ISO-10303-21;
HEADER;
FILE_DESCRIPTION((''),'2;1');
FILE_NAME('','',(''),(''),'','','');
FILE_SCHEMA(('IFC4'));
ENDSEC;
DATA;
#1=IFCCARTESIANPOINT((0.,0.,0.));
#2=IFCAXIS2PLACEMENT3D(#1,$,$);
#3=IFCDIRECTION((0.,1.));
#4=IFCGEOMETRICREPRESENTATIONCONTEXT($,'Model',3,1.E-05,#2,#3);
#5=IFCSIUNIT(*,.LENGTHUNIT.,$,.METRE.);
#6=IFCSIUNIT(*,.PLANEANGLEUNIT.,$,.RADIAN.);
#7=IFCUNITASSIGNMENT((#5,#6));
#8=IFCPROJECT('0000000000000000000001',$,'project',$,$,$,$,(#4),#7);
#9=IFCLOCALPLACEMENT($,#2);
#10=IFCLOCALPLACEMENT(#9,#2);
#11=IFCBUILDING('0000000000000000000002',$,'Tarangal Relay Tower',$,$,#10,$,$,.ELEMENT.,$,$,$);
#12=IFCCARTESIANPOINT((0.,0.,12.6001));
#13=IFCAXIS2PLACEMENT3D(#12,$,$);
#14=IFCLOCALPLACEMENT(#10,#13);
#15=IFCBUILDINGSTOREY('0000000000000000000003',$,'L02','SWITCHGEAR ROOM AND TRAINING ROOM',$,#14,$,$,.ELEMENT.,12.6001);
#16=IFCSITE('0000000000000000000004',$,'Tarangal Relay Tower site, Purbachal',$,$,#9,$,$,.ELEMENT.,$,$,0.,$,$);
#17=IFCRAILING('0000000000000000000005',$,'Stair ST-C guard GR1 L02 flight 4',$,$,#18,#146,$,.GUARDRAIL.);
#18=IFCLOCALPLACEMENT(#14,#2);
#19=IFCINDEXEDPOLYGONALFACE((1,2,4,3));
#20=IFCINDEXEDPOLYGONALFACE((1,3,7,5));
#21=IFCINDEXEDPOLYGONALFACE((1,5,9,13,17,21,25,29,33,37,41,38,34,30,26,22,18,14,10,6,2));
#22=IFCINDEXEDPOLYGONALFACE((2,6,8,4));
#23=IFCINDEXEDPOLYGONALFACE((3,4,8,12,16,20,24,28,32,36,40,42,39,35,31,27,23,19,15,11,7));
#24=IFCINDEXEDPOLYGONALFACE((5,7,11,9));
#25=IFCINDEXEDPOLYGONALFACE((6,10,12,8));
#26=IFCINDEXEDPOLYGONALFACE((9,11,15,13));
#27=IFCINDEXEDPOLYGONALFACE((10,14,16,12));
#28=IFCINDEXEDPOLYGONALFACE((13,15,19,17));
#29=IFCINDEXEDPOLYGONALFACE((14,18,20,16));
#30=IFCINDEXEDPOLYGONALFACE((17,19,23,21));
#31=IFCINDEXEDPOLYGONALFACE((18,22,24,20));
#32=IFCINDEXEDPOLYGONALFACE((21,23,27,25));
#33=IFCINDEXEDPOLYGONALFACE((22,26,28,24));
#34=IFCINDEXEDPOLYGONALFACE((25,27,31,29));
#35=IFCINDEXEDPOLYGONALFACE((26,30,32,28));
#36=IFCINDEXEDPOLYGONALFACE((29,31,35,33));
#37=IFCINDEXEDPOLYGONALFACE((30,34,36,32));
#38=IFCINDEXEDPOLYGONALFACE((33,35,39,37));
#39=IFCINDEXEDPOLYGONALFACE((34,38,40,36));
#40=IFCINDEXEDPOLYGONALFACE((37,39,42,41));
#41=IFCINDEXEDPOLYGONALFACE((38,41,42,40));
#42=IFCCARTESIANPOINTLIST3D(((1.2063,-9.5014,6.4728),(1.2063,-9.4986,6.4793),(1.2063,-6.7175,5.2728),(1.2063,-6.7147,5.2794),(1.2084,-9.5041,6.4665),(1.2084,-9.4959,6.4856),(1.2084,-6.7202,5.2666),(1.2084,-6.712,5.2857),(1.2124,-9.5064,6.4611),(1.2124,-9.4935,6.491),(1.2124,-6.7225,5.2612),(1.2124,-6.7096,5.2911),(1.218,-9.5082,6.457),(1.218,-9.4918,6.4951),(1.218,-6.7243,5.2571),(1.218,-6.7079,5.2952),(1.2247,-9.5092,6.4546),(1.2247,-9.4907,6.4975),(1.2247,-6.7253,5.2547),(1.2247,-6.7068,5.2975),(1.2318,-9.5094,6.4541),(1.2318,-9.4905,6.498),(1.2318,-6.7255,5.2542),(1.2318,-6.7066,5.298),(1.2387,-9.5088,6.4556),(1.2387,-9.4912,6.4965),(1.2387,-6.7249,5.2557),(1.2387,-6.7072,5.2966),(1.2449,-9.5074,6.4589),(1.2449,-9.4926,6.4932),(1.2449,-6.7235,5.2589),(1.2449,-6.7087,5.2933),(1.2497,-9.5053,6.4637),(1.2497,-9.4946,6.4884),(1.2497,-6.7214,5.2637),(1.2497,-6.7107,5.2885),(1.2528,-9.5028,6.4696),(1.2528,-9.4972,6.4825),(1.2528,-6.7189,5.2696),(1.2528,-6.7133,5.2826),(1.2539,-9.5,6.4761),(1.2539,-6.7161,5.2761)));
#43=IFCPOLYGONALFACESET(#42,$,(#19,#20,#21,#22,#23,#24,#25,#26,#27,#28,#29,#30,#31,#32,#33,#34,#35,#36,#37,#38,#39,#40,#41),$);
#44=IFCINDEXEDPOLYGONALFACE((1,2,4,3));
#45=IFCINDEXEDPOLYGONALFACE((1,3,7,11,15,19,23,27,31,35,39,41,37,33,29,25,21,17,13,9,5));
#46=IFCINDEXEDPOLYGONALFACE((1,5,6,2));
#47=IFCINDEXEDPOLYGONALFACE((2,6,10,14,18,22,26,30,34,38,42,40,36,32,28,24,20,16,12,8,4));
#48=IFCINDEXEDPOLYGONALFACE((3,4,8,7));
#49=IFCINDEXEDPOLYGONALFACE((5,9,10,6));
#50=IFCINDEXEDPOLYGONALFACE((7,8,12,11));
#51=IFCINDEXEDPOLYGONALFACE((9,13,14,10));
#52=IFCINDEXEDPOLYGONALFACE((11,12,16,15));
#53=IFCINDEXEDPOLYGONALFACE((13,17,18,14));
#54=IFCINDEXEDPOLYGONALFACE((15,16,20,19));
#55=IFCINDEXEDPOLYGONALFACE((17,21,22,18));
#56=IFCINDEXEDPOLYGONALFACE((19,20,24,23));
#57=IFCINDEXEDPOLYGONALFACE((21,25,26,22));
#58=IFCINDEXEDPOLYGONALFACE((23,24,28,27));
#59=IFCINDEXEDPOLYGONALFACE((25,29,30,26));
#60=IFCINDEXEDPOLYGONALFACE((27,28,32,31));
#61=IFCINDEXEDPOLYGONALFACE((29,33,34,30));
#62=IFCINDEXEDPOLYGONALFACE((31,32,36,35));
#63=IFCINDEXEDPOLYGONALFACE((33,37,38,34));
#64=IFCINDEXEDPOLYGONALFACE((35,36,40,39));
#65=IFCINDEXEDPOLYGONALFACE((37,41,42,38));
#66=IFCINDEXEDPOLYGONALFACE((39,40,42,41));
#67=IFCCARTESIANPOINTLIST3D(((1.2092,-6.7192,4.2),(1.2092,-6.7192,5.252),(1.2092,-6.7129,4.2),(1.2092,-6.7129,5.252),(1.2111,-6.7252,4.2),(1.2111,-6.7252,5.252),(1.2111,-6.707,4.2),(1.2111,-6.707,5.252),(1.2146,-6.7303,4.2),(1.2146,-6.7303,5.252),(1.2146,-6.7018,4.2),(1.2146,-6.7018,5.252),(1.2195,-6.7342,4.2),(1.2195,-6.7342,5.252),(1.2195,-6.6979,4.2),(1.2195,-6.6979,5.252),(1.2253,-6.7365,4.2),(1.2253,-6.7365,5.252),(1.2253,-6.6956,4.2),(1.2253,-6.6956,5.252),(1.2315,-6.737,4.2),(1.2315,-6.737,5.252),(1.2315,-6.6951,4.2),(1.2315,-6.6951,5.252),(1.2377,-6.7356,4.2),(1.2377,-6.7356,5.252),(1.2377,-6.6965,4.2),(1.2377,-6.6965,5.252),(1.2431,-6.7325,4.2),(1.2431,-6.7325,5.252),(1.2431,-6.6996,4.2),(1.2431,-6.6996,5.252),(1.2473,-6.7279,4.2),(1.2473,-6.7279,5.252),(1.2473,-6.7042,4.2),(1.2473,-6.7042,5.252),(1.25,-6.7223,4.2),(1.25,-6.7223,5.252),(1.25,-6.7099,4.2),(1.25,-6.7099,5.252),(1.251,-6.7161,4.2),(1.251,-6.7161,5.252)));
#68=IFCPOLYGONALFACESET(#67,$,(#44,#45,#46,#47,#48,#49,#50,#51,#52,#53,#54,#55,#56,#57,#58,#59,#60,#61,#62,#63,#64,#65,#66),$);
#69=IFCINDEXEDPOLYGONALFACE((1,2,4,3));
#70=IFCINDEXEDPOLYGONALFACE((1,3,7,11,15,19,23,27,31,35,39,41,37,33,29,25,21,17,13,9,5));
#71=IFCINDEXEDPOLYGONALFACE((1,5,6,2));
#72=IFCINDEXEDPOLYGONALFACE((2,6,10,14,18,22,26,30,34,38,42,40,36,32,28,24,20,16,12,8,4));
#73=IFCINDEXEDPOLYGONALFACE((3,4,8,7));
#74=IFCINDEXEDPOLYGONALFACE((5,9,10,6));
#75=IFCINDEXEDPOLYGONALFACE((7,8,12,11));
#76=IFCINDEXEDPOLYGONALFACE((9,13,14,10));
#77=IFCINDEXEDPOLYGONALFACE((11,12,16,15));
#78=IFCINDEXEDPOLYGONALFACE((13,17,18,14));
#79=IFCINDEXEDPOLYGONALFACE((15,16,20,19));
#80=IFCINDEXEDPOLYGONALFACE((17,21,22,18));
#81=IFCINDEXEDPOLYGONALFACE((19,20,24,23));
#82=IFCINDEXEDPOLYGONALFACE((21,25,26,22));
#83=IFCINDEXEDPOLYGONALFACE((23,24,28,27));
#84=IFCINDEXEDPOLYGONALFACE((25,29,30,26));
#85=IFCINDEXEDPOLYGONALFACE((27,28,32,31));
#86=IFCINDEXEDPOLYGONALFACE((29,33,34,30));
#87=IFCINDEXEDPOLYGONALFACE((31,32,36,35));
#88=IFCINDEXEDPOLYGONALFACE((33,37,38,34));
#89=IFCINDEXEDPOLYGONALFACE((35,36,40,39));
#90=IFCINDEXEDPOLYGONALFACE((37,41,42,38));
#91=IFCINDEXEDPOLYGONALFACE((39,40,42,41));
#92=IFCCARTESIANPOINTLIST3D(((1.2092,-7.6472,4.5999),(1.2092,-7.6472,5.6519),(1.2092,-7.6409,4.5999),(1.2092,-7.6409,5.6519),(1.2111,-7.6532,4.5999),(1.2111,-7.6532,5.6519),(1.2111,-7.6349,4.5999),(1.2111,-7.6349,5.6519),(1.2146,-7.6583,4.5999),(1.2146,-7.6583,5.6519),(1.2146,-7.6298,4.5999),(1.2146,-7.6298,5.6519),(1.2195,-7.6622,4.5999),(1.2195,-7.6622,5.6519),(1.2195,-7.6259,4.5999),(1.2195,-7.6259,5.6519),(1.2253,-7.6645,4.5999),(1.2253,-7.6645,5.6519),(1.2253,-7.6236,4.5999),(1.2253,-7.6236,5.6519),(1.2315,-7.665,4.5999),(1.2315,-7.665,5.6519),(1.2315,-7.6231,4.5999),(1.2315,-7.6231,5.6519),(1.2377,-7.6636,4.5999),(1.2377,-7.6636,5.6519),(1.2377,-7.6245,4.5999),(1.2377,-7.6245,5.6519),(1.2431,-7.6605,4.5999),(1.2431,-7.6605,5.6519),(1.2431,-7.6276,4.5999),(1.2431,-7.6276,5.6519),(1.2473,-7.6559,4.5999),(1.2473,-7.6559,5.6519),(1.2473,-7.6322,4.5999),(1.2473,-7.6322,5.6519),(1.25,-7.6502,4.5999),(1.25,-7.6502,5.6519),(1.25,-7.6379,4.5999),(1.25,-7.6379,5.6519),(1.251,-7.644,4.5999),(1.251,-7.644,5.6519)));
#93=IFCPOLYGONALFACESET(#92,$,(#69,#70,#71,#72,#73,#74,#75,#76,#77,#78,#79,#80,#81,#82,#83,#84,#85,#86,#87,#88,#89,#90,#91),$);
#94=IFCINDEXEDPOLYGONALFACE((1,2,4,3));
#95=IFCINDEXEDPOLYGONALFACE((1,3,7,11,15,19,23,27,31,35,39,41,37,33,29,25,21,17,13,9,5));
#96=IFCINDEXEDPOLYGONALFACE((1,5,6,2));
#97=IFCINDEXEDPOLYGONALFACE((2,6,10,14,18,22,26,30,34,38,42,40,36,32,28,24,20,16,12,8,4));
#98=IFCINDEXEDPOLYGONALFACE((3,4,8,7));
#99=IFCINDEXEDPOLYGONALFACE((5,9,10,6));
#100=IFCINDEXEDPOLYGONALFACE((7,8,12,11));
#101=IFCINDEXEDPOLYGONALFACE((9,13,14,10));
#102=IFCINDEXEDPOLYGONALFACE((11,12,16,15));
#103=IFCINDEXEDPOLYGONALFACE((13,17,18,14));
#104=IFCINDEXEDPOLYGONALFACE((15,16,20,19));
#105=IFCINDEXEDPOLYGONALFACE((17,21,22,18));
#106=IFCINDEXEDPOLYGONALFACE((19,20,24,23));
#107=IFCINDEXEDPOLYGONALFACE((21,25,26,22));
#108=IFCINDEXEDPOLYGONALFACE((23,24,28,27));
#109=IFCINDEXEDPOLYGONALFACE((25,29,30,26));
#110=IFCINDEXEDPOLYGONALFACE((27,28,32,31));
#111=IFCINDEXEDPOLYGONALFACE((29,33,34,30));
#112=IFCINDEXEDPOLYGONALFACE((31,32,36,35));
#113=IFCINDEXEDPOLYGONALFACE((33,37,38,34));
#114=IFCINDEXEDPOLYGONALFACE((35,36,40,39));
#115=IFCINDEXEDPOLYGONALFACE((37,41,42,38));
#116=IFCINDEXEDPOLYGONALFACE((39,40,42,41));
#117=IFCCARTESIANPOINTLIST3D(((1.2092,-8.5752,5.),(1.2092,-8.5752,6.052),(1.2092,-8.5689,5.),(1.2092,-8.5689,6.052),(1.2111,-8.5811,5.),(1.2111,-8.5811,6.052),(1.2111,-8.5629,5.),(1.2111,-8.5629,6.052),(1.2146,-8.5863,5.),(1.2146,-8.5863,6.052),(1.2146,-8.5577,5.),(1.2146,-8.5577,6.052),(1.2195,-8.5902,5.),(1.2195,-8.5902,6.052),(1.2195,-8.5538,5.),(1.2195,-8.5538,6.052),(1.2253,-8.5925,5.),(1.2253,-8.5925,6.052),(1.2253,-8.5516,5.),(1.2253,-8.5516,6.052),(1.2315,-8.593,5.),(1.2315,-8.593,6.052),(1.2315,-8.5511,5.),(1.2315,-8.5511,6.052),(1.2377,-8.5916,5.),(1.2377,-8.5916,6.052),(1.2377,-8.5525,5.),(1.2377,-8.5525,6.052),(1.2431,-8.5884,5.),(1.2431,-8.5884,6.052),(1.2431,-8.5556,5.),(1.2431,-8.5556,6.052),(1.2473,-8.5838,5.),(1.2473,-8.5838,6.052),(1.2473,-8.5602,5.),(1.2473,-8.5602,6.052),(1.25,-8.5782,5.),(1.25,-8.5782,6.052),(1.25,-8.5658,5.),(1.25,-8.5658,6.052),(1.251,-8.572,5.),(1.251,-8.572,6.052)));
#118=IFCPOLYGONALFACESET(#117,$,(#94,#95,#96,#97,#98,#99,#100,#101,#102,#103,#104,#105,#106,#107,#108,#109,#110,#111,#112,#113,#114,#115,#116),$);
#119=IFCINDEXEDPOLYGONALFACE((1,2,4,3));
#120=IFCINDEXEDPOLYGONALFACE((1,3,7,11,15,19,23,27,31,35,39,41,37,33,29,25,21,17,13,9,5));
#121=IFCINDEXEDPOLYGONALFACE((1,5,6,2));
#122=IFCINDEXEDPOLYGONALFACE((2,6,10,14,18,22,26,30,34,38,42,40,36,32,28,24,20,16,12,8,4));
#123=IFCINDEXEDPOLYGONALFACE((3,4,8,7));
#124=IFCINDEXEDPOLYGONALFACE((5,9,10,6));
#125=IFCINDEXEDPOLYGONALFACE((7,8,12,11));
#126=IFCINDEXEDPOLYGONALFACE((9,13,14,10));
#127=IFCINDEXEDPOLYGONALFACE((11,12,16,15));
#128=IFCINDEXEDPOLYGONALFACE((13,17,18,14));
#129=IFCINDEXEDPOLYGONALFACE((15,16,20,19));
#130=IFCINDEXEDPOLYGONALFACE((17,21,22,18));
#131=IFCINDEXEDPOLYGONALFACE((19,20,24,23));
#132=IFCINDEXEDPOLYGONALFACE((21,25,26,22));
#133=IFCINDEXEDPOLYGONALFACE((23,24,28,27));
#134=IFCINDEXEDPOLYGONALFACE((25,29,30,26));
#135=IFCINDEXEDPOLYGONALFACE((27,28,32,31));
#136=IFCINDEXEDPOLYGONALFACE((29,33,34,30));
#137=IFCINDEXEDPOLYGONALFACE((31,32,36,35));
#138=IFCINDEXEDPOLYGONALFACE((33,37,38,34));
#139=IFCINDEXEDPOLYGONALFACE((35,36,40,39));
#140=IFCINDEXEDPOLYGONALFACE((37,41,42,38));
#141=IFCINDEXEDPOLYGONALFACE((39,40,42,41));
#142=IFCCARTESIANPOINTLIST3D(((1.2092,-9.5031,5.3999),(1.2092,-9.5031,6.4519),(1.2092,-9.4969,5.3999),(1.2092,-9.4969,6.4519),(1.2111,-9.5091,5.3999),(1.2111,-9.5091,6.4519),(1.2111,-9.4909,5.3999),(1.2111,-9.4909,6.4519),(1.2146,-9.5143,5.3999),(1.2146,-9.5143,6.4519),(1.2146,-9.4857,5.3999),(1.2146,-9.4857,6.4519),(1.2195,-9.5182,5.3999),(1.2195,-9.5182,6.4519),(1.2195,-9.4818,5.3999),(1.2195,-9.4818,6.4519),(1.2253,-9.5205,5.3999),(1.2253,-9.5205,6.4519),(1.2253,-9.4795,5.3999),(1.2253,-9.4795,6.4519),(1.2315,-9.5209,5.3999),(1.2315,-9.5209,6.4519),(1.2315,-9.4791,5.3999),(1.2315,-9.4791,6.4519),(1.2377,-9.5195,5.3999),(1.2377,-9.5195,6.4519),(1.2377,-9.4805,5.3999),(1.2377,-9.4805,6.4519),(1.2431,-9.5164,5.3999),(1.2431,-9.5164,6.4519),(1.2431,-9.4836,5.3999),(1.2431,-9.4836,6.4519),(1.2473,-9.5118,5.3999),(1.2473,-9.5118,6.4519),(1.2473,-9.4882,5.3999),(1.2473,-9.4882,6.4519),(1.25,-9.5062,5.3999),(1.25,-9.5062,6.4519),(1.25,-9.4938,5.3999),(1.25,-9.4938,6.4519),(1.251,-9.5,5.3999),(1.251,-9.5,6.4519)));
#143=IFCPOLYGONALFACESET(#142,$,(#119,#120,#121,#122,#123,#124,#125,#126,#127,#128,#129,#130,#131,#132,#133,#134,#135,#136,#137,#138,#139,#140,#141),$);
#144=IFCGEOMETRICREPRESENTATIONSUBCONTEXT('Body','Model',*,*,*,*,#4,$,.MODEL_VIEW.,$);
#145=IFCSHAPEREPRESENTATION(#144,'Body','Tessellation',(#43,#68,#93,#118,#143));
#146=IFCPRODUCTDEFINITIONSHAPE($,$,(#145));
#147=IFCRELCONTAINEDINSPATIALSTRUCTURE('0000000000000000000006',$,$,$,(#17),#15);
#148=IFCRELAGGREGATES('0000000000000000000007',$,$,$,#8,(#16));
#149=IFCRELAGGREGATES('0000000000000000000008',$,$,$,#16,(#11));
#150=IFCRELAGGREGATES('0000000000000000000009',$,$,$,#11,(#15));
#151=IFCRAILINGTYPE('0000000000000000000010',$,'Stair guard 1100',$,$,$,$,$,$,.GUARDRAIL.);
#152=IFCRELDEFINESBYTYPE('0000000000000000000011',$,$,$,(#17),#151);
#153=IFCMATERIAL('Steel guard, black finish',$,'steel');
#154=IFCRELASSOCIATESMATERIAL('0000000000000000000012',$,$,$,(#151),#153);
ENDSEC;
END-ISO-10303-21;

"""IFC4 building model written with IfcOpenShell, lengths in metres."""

from ifc_helpers import new_model, si_unit, direction, frame, origin, origin_2d, place, context, subcontext, project, spatial, circle, extrude, material, type_object, element, save


model = new_model("IFC4")

# Units and contexts
model_context = context("Model", 3, precision=1e-05, world=origin(), true_north=direction((0.0, 1.0)))
body_context = subcontext(model_context, "Body", "Model", "MODEL_VIEW")
ifc_project = project(units=[si_unit("LENGTHUNIT", "METRE"), si_unit("PLANEANGLEUNIT", "RADIAN")], contexts=[model_context])

# Site, building, storey
site_placement = place(None, origin())
site = spatial("IfcSite", under=ifc_project, at=site_placement, Name="Tarangal Relay Tower site, Purbachal", CompositionType="ELEMENT", RefElevation=0.0)
building_placement = place(site_placement, origin())
building = spatial("IfcBuilding", under=site, at=building_placement, Name="Tarangal Relay Tower", CompositionType="ELEMENT")
storey_placement = place(building_placement, frame((0.0, 0.0, 12.6001)))
storey = spatial("IfcBuildingStorey", under=building, at=storey_placement, Name="L02", Description="SWITCHGEAR ROOM AND TRAINING ROOM", CompositionType="ELEMENT", Elevation=12.6001)

# Railing
ifc_material_1 = material(Name="Steel guard, black finish", Category="steel")
railing_type_1 = type_object("IfcRailingType", Name="Stair guard 1100", PredefinedType="GUARDRAIL", material=ifc_material_1)
for number, where, name in (
    (1, (1.23, -6.7161, 4.2), "Stair ST-C guard GR1 L02 flight 4"),
):
    element("IfcRailing", number, at=place(storey_placement, frame(where)), inside=storey, type_object=railing_type_1, Name=name, PredefinedType="GUARDRAIL", context=body_context, shape_type="SweptSolid", body=[
        extrude(circle(Radius=0.0239, at=origin_2d()), frame((0.0, 0.0, 1.0762), z_axis=(0.0, -0.918327, 0.395823), x_axis=(1.0, 0.0, 0.0)), (0.0, 0.0, 1.0), 3.0315),
        extrude(circle(Radius=0.021, at=origin_2d()), origin(), (0.0, 0.0, 1.0), 1.052),
        extrude(circle(Radius=0.021, at=origin_2d()), frame((0.0, -0.928, 0.3999)), (0.0, 0.0, 1.0), 1.052),
        extrude(circle(Radius=0.021, at=origin_2d()), frame((0.0, -1.856, 0.8)), (0.0, 0.0, 1.0), 1.052),
        extrude(circle(Radius=0.021, at=origin_2d()), frame((0.0, -2.7839, 1.2)), (0.0, 0.0, 1.0), 1.052),
    ])

save(model, "model.ifc")
